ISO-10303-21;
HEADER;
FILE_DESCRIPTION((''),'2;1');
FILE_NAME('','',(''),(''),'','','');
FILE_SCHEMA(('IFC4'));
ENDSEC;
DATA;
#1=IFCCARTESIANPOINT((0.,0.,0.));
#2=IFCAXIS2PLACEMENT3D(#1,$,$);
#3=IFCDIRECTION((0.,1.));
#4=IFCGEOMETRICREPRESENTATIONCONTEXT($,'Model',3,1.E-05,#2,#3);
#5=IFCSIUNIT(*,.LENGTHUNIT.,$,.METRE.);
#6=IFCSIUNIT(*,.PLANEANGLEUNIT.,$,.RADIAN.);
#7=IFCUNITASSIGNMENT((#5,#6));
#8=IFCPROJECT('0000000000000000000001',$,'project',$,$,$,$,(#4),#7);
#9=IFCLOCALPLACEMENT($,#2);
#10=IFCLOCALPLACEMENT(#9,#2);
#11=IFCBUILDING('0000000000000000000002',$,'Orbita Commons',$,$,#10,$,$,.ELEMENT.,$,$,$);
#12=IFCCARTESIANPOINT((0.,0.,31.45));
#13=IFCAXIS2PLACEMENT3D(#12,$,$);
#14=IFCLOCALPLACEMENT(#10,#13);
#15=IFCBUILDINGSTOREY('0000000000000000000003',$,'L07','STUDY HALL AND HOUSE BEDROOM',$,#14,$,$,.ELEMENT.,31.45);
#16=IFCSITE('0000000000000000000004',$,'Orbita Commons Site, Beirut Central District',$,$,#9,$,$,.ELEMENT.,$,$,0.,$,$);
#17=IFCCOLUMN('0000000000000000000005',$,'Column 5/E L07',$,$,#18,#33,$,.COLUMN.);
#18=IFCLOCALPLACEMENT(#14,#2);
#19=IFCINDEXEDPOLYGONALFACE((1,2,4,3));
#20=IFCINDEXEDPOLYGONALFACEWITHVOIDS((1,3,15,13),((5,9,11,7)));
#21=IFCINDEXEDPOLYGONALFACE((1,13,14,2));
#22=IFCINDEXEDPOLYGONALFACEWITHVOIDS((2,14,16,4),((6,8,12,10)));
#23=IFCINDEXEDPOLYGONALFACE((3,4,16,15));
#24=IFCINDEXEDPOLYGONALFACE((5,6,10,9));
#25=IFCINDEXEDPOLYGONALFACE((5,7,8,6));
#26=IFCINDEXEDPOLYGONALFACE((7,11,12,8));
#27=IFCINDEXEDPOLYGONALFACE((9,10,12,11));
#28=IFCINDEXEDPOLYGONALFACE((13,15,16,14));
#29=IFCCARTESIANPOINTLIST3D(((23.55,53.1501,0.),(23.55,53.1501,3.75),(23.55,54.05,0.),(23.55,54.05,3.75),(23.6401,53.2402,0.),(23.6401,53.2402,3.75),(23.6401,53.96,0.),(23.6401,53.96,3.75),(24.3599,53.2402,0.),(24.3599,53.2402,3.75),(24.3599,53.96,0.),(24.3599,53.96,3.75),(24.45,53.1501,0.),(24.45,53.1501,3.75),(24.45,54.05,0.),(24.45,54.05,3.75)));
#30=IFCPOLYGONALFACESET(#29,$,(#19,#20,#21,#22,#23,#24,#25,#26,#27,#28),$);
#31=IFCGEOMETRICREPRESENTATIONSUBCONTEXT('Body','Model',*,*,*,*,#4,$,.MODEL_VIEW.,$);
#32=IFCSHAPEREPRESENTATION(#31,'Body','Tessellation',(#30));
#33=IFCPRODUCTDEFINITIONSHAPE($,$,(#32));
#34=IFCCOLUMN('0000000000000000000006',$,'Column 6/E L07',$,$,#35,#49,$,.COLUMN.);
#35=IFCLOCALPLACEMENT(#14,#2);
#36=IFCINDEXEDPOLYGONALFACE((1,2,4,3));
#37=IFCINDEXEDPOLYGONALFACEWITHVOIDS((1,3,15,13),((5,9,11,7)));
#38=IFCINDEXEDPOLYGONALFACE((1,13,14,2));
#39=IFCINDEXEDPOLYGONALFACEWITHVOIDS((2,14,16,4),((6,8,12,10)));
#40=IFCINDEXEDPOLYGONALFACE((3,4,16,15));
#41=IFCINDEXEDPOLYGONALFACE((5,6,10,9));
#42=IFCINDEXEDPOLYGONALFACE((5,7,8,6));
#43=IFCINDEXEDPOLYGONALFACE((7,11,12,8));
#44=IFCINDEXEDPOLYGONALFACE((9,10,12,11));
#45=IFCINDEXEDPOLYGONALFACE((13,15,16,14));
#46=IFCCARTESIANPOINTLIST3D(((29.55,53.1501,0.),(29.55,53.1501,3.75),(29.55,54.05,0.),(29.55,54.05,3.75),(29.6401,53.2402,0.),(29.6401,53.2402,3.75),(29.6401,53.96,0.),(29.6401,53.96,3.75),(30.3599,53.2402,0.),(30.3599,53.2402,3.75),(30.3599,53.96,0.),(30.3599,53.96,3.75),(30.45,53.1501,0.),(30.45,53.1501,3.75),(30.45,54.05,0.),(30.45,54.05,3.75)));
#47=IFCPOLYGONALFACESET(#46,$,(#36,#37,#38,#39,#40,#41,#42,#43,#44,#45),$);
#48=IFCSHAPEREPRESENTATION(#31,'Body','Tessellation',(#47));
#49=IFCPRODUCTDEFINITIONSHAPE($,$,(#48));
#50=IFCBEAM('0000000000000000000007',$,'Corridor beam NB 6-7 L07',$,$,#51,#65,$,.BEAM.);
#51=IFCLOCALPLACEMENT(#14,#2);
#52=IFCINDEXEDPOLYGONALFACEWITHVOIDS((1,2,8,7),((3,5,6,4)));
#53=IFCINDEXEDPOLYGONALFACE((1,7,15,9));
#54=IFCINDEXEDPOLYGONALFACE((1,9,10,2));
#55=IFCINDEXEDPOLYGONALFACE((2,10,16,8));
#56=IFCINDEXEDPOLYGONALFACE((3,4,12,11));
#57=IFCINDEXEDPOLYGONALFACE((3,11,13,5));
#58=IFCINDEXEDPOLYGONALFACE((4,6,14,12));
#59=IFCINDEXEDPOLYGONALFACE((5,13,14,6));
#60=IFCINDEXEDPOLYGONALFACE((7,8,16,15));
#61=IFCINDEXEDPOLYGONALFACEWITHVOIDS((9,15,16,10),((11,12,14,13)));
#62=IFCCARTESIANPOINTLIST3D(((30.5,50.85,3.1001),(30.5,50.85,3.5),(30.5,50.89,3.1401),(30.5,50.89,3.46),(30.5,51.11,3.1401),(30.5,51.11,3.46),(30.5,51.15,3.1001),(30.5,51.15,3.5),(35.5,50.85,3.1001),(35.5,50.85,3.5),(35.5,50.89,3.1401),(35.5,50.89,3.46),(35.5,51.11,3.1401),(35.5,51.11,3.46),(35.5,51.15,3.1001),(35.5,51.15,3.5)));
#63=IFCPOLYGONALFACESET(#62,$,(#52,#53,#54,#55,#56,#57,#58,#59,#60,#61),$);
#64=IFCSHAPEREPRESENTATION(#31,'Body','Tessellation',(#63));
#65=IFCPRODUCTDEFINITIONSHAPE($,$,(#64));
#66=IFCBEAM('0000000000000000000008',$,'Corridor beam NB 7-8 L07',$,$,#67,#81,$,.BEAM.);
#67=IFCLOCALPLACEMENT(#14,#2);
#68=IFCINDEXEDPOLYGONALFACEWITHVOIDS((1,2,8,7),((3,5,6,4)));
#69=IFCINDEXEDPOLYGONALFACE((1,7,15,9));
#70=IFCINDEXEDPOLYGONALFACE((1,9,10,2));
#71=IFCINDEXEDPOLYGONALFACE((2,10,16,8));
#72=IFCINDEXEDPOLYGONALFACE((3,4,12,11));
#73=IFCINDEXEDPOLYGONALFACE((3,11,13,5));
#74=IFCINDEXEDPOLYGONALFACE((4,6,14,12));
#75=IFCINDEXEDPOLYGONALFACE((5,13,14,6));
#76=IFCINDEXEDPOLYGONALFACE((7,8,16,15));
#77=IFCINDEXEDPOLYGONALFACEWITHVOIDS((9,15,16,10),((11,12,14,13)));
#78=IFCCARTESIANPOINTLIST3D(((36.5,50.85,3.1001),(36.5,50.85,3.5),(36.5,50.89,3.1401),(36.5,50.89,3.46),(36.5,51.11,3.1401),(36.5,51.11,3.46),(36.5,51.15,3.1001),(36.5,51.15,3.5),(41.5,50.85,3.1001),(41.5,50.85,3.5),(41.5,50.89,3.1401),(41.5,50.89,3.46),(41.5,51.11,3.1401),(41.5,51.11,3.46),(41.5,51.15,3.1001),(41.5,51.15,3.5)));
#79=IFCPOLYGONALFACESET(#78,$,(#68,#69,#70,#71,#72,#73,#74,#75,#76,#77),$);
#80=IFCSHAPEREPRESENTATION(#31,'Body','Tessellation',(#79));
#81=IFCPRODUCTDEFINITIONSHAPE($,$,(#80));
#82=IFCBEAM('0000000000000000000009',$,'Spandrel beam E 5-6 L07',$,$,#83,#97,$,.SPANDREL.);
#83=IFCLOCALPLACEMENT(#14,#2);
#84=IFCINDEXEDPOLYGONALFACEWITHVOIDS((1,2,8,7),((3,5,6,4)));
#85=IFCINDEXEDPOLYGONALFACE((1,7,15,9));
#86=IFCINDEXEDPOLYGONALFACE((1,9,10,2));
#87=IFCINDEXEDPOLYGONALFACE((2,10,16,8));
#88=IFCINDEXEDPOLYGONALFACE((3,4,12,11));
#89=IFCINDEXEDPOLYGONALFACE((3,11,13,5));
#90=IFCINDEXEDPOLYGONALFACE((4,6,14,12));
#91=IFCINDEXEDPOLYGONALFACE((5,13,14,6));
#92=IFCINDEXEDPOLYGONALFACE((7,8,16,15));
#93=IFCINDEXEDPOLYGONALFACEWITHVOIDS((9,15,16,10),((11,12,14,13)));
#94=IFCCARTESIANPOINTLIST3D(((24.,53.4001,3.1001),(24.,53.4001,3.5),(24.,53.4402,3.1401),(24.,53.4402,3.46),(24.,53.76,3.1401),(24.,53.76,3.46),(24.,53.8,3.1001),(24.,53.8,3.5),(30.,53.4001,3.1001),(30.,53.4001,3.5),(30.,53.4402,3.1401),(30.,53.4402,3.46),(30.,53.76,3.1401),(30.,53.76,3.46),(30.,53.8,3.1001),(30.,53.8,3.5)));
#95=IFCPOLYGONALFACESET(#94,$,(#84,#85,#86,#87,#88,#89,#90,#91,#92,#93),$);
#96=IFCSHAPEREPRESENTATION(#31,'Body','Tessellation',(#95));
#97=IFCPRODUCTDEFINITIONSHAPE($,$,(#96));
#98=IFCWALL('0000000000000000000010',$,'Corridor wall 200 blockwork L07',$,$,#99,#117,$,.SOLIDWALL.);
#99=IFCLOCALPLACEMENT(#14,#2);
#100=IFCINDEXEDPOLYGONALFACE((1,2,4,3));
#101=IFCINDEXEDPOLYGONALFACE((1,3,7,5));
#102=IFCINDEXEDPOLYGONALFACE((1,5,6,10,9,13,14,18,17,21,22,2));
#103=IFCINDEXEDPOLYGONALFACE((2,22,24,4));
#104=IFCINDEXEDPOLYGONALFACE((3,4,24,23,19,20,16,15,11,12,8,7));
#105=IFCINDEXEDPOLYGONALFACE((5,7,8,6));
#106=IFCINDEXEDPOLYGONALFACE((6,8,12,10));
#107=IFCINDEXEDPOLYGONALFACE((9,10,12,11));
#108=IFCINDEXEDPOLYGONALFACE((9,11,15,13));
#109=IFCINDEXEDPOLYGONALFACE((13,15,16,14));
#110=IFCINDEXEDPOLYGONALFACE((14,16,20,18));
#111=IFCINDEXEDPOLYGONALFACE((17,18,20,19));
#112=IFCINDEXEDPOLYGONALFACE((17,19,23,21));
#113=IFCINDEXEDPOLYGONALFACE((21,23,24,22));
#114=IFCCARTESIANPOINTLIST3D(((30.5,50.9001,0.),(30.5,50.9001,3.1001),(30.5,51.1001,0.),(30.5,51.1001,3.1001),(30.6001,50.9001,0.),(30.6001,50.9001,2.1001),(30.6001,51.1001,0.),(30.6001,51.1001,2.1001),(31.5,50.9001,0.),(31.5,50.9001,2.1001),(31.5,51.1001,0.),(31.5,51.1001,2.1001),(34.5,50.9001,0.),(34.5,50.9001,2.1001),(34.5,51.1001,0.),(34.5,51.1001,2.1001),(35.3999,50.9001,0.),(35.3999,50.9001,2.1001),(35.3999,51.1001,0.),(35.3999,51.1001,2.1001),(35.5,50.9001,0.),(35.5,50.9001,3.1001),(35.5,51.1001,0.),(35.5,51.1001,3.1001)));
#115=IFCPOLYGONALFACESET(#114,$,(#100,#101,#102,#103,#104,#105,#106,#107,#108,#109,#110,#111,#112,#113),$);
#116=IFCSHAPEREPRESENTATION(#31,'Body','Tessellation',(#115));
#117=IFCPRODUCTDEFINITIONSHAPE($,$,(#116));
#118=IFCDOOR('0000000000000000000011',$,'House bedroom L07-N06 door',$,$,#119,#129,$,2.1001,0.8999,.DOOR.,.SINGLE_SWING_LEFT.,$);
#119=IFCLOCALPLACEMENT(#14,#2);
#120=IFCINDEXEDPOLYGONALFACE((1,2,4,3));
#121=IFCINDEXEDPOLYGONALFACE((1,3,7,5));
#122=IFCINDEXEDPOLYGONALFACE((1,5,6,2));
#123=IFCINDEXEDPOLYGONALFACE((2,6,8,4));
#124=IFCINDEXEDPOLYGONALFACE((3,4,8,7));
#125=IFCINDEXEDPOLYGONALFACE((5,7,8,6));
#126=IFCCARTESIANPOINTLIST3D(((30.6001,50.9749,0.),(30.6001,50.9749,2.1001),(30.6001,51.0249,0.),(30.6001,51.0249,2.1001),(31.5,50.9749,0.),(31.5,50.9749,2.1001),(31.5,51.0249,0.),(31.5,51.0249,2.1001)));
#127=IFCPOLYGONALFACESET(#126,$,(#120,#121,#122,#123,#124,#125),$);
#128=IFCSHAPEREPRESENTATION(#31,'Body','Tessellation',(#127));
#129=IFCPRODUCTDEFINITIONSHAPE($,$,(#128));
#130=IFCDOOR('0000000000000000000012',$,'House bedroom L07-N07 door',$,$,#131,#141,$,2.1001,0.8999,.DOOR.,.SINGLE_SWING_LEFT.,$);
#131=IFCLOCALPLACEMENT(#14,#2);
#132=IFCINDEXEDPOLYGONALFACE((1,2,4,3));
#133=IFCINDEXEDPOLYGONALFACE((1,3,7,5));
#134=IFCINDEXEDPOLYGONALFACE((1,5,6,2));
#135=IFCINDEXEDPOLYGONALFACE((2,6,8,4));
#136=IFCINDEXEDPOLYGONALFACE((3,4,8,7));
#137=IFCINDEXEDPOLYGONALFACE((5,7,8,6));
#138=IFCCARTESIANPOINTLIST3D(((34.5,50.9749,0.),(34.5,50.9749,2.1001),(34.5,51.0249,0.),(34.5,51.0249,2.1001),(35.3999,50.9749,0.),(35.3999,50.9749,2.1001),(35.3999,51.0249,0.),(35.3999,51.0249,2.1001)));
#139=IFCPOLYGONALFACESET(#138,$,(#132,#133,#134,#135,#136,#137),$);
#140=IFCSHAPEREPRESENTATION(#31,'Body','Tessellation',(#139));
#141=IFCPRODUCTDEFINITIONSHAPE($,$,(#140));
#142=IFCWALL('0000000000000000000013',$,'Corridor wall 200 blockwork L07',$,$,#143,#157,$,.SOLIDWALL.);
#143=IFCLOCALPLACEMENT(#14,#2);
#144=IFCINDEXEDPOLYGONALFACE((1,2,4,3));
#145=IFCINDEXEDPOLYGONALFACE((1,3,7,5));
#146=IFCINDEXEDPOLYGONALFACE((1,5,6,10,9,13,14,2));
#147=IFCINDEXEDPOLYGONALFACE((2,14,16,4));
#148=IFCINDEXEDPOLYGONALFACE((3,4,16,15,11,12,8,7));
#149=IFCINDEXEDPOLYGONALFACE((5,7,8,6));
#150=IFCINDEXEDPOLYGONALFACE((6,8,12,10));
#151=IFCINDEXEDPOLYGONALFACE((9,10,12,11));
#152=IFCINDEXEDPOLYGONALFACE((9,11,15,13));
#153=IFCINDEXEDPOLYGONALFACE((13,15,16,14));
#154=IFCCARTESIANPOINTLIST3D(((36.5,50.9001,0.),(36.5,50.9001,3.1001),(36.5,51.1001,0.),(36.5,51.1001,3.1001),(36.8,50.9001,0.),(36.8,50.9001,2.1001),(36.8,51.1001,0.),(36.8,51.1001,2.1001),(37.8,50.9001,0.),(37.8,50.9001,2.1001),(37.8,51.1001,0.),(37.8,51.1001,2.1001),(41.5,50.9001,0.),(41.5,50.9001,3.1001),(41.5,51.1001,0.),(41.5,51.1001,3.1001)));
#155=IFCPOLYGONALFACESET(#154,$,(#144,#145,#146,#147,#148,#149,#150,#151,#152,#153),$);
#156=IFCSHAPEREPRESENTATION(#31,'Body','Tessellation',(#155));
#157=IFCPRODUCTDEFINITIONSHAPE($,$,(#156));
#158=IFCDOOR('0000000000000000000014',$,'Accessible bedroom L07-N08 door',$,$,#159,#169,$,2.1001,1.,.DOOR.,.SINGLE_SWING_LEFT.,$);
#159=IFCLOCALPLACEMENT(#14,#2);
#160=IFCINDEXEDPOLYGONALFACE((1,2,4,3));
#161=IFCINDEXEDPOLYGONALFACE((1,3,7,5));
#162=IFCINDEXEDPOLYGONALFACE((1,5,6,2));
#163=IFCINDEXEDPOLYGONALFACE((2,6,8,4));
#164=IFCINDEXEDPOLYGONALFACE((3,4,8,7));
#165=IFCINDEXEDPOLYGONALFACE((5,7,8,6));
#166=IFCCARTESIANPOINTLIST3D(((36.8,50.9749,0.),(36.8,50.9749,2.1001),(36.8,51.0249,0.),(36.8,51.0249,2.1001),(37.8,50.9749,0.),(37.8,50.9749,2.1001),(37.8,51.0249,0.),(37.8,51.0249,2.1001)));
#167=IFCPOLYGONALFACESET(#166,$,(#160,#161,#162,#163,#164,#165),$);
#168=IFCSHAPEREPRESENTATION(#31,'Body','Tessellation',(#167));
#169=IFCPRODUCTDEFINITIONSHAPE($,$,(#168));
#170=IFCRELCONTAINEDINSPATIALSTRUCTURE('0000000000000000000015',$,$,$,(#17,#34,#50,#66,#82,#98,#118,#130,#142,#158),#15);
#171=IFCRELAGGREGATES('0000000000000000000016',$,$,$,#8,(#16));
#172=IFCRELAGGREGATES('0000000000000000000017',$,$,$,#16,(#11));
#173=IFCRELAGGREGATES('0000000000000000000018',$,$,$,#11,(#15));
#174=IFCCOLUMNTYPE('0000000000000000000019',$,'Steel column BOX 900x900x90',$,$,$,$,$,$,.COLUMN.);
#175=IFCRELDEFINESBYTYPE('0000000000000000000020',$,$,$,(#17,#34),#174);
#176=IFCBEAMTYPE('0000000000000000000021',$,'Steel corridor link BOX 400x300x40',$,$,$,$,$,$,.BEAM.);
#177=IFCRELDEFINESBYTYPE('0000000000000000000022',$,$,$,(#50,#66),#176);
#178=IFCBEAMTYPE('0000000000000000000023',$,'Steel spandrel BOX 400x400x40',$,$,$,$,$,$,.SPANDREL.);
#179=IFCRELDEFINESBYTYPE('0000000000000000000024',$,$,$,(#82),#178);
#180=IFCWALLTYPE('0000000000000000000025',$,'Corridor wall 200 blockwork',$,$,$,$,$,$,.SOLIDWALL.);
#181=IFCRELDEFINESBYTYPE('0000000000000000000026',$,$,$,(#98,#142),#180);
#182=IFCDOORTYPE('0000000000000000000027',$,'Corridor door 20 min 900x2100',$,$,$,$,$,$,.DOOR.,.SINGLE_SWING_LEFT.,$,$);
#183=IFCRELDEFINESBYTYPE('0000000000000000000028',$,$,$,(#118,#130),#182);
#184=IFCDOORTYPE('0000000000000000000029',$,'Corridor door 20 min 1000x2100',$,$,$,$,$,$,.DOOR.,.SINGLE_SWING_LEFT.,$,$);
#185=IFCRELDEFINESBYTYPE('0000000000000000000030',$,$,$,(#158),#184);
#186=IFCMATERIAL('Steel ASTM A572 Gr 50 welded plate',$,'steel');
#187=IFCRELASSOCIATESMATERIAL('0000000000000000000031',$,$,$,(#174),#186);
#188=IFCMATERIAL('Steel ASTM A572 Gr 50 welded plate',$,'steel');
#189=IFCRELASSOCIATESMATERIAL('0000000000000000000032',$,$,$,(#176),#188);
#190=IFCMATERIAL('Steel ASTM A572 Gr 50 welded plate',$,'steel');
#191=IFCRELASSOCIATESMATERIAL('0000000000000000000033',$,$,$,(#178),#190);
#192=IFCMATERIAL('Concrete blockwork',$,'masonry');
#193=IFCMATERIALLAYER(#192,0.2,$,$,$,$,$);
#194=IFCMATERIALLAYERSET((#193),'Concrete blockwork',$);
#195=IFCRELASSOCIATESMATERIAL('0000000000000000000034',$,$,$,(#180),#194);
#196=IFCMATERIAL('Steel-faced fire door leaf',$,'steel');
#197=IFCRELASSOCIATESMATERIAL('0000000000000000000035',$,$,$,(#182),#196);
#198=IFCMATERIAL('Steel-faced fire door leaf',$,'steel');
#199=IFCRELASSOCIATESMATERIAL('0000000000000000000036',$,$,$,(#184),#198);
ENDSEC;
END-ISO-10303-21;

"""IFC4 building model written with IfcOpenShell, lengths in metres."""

from ifc_helpers import new_model, si_unit, direction, frame, frame_2d, origin, origin_2d, place, context, subcontext, project, spatial, polyline, rectangle, hollow_rectangle, outline, extrude, material, layer, layer_set, material_profile, profile_set, type_object, element, fill, save


model = new_model("IFC4")

# Units and contexts
model_context = context("Model", 3, precision=1e-05, world=origin(), true_north=direction((0.0, 1.0)))
body_context = subcontext(model_context, "Body", "Model", "MODEL_VIEW")
ifc_project = project(units=[si_unit("LENGTHUNIT", "METRE"), si_unit("PLANEANGLEUNIT", "RADIAN")], contexts=[model_context])

# Site, building, storey
site_placement = place(None, origin())
site = spatial("IfcSite", under=ifc_project, at=site_placement, Name="Orbita Commons Site, Beirut Central District", CompositionType="ELEMENT", RefElevation=0.0)
building_placement = place(site_placement, origin())
building = spatial("IfcBuilding", under=site, at=building_placement, Name="Orbita Commons", CompositionType="ELEMENT")
storey_placement = place(building_placement, frame((0.0, 0.0, 31.45)))
storey = spatial("IfcBuildingStorey", under=building, at=storey_placement, Name="L07", Description="STUDY HALL AND HOUSE BEDROOM", CompositionType="ELEMENT", Elevation=31.45)

# Columns
ifc_material_1 = material(Name="Steel ASTM A572 Gr 50 welded plate", Category="steel")
ifc_material_profile_1 = material_profile(ifc_material_1, hollow_rectangle(XDim=0.8999, YDim=0.8999, WallThickness=0.0901, at=origin_2d()), Name="BOX 900x900x90")
ifc_profile_set_1 = profile_set([ifc_material_profile_1], Name="Steel ASTM A572 Gr 50 welded plate")
column_type = type_object("IfcColumnType", Name="Steel column BOX 900x900x90", PredefinedType="COLUMN", material=ifc_profile_set_1)
for number, where, z_axis, x_axis, name in (
    (1, (24.0, 53.6001, 0.0), (0.0, 0.0, 1.0), (1.0, 0.0, 0.0), "Column 5/E L07"),
    (2, (30.0, 53.6001, 0.0), (0.0, 0.0, 1.0), (1.0, 0.0, 0.0), "Column 6/E L07"),
):
    element("IfcColumn", number, at=place(storey_placement, frame(where, z_axis=z_axis, x_axis=x_axis)), inside=storey, type_object=column_type, Name=name, PredefinedType="COLUMN", context=body_context, shape_type="SweptSolid", body=[
        extrude(hollow_rectangle(XDim=0.8999, YDim=0.8999, WallThickness=0.0901, at=origin_2d()), origin(), (0.0, 0.0, 1.0), 3.75),
    ])

# Beams
ifc_material_2 = material(Name="Steel ASTM A572 Gr 50 welded plate", Category="steel")
ifc_material_profile_2 = material_profile(ifc_material_2, hollow_rectangle(XDim=0.3, YDim=0.3999, WallThickness=0.04, at=origin_2d()), Name="BOX 400x300x40")
ifc_profile_set_2 = profile_set([ifc_material_profile_2], Name="Steel ASTM A572 Gr 50 welded plate")
beam_type_1 = type_object("IfcBeamType", Name="Steel corridor link BOX 400x300x40", PredefinedType="BEAM", material=ifc_profile_set_2)
for number, where, z_axis, x_axis, name in (
    (3, (30.5, 51.0, 3.3), (1.0, 0.0, 0.0), (0.0, 1.0, 0.0), "Corridor beam NB 6-7 L07"),
    (4, (36.5, 51.0, 3.3), (1.0, 0.0, 0.0), (0.0, 1.0, 0.0), "Corridor beam NB 7-8 L07"),
):
    element("IfcBeam", number, at=place(storey_placement, frame(where, z_axis=z_axis, x_axis=x_axis)), inside=storey, type_object=beam_type_1, Name=name, PredefinedType="BEAM", context=body_context, shape_type="SweptSolid", body=[
        extrude(hollow_rectangle(XDim=0.3, YDim=0.3999, WallThickness=0.04, at=origin_2d()), origin(), (0.0, 0.0, 1.0), 5.0),
    ])
ifc_material_3 = material(Name="Steel ASTM A572 Gr 50 welded plate", Category="steel")
ifc_material_profile_3 = material_profile(ifc_material_3, hollow_rectangle(XDim=0.3999, YDim=0.3999, WallThickness=0.04, at=origin_2d()), Name="BOX 400x400x40")
ifc_profile_set_3 = profile_set([ifc_material_profile_3], Name="Steel ASTM A572 Gr 50 welded plate")
beam_type_2 = type_object("IfcBeamType", Name="Steel spandrel BOX 400x400x40", PredefinedType="SPANDREL", material=ifc_profile_set_3)
beam_placement = place(storey_placement, frame((24.0, 53.6001, 3.3), z_axis=(1.0, 0.0, 0.0), x_axis=(0.0, 1.0, 0.0)))
element("IfcBeam", 5, at=beam_placement, inside=storey, type_object=beam_type_2, Name="Spandrel beam E 5-6 L07", PredefinedType="SPANDREL", context=body_context, shape_type="SweptSolid", body=[
    extrude(hollow_rectangle(XDim=0.3999, YDim=0.3999, WallThickness=0.04, at=origin_2d()), origin(), (0.0, 0.0, 1.0), 6.0),
])

# Wall, openings, doors
ifc_material_4 = material(Name="Concrete blockwork", Category="masonry")
ifc_layer_1 = layer(ifc_material_4, 0.2)
ifc_layer_set_1 = layer_set([ifc_layer_1], Name="Concrete blockwork")
wall_type_1 = type_object("IfcWallType", Name="Corridor wall 200 blockwork", PredefinedType="SOLIDWALL", material=ifc_layer_set_1)
wall_1_placement = place(storey_placement, frame((30.5, 51.0, 0.0), z_axis=(0.0, 0.0, 1.0), x_axis=(1.0, 0.0, 0.0)))
wall_1 = element("IfcWall", 6, at=wall_1_placement, inside=storey, type_object=wall_type_1, Name="Corridor wall 200 blockwork L07", PredefinedType="SOLIDWALL", context=body_context, shape_type="SweptSolid", body=[
    extrude(outline(polyline([(0.0, 0.0), (5.0, 0.0), (5.0, 3.1001), (0.0, 3.1001), (0.0, 0.0)])), frame((0.0, 0.1001, 0.0), z_axis=(0.0, -1.0, 0.0), x_axis=(1.0, 0.0, 0.0)), (0.0, 0.0, 1.0), 0.2),
])
opening_1_placement = place(wall_1_placement, frame((0.1001, 0.0, 0.0)))
opening_1 = element("IfcOpeningElement", 7, at=opening_1_placement, cuts=wall_1, PredefinedType="OPENING", context=body_context, shape_type="SweptSolid", body=[
    extrude(rectangle(XDim=0.8999, YDim=2.1001, at=frame_2d((0.45, 1.05))), frame((0.0, 0.1099, 0.0), z_axis=(0.0, -1.0, 0.0), x_axis=(1.0, 0.0, 0.0)), (0.0, 0.0, 1.0), 0.22),
])
opening_2_placement = place(wall_1_placement, frame((4.0, 0.0, 0.0)))
opening_2 = element("IfcOpeningElement", 8, at=opening_2_placement, cuts=wall_1, PredefinedType="OPENING", context=body_context, shape_type="SweptSolid", body=[
    extrude(rectangle(XDim=0.8999, YDim=2.1001, at=frame_2d((0.45, 1.05))), frame((0.0, 0.1099, 0.0), z_axis=(0.0, -1.0, 0.0), x_axis=(1.0, 0.0, 0.0)), (0.0, 0.0, 1.0), 0.22),
])
ifc_material_5 = material(Name="Steel-faced fire door leaf", Category="steel")
door_type_1 = type_object("IfcDoorType", Name="Corridor door 20 min 900x2100", OperationType="SINGLE_SWING_LEFT", PredefinedType="DOOR", material=ifc_material_5)
door_1_placement = place(opening_1_placement, origin())
door_1 = element("IfcDoor", 9, at=door_1_placement, inside=storey, type_object=door_type_1, Name="House bedroom L07-N06 door", OperationType="SINGLE_SWING_LEFT", OverallHeight=2.1001, OverallWidth=0.8999, PredefinedType="DOOR", context=body_context, shape_type="SweptSolid", body=[
    extrude(rectangle(XDim=0.8999, YDim=2.1001, at=frame_2d((0.45, 1.05))), frame((0.0, 0.0249, 0.0), z_axis=(0.0, -1.0, 0.0), x_axis=(1.0, 0.0, 0.0)), (0.0, 0.0, 1.0), 0.05),
])
fill(opening_1, door_1)
door_2_placement = place(opening_2_placement, origin())
door_2 = element("IfcDoor", 10, at=door_2_placement, inside=storey, type_object=door_type_1, Name="House bedroom L07-N07 door", OperationType="SINGLE_SWING_LEFT", OverallHeight=2.1001, OverallWidth=0.8999, PredefinedType="DOOR", context=body_context, shape_type="SweptSolid", body=[
    extrude(rectangle(XDim=0.8999, YDim=2.1001, at=frame_2d((0.45, 1.05))), frame((0.0, 0.0249, 0.0), z_axis=(0.0, -1.0, 0.0), x_axis=(1.0, 0.0, 0.0)), (0.0, 0.0, 1.0), 0.05),
])
fill(opening_2, door_2)

# Wall, opening, door
wall_2_placement = place(storey_placement, frame((36.5, 51.0, 0.0), z_axis=(0.0, 0.0, 1.0), x_axis=(1.0, 0.0, 0.0)))
wall_2 = element("IfcWall", 11, at=wall_2_placement, inside=storey, type_object=wall_type_1, Name="Corridor wall 200 blockwork L07", PredefinedType="SOLIDWALL", context=body_context, shape_type="SweptSolid", body=[
    extrude(outline(polyline([(0.0, 0.0), (5.0, 0.0), (5.0, 3.1001), (0.0, 3.1001), (0.0, 0.0)])), frame((0.0, 0.1001, 0.0), z_axis=(0.0, -1.0, 0.0), x_axis=(1.0, 0.0, 0.0)), (0.0, 0.0, 1.0), 0.2),
])
opening_3_placement = place(wall_2_placement, frame((0.3, 0.0, 0.0)))
opening_3 = element("IfcOpeningElement", 12, at=opening_3_placement, cuts=wall_2, PredefinedType="OPENING", context=body_context, shape_type="SweptSolid", body=[
    extrude(rectangle(XDim=1.0, YDim=2.1001, at=frame_2d((0.5, 1.05))), frame((0.0, 0.1099, 0.0), z_axis=(0.0, -1.0, 0.0), x_axis=(1.0, 0.0, 0.0)), (0.0, 0.0, 1.0), 0.22),
])
ifc_material_6 = material(Name="Steel-faced fire door leaf", Category="steel")
door_type_2 = type_object("IfcDoorType", Name="Corridor door 20 min 1000x2100", OperationType="SINGLE_SWING_LEFT", PredefinedType="DOOR", material=ifc_material_6)
door_3_placement = place(opening_3_placement, origin())
door_3 = element("IfcDoor", 13, at=door_3_placement, inside=storey, type_object=door_type_2, Name="Accessible bedroom L07-N08 door", OperationType="SINGLE_SWING_LEFT", OverallHeight=2.1001, OverallWidth=1.0, PredefinedType="DOOR", context=body_context, shape_type="SweptSolid", body=[
    extrude(rectangle(XDim=1.0, YDim=2.1001, at=frame_2d((0.5, 1.05))), frame((0.0, 0.0249, 0.0), z_axis=(0.0, -1.0, 0.0), x_axis=(1.0, 0.0, 0.0)), (0.0, 0.0, 1.0), 0.05),
])
fill(opening_3, door_3)

save(model, "model.ifc")
